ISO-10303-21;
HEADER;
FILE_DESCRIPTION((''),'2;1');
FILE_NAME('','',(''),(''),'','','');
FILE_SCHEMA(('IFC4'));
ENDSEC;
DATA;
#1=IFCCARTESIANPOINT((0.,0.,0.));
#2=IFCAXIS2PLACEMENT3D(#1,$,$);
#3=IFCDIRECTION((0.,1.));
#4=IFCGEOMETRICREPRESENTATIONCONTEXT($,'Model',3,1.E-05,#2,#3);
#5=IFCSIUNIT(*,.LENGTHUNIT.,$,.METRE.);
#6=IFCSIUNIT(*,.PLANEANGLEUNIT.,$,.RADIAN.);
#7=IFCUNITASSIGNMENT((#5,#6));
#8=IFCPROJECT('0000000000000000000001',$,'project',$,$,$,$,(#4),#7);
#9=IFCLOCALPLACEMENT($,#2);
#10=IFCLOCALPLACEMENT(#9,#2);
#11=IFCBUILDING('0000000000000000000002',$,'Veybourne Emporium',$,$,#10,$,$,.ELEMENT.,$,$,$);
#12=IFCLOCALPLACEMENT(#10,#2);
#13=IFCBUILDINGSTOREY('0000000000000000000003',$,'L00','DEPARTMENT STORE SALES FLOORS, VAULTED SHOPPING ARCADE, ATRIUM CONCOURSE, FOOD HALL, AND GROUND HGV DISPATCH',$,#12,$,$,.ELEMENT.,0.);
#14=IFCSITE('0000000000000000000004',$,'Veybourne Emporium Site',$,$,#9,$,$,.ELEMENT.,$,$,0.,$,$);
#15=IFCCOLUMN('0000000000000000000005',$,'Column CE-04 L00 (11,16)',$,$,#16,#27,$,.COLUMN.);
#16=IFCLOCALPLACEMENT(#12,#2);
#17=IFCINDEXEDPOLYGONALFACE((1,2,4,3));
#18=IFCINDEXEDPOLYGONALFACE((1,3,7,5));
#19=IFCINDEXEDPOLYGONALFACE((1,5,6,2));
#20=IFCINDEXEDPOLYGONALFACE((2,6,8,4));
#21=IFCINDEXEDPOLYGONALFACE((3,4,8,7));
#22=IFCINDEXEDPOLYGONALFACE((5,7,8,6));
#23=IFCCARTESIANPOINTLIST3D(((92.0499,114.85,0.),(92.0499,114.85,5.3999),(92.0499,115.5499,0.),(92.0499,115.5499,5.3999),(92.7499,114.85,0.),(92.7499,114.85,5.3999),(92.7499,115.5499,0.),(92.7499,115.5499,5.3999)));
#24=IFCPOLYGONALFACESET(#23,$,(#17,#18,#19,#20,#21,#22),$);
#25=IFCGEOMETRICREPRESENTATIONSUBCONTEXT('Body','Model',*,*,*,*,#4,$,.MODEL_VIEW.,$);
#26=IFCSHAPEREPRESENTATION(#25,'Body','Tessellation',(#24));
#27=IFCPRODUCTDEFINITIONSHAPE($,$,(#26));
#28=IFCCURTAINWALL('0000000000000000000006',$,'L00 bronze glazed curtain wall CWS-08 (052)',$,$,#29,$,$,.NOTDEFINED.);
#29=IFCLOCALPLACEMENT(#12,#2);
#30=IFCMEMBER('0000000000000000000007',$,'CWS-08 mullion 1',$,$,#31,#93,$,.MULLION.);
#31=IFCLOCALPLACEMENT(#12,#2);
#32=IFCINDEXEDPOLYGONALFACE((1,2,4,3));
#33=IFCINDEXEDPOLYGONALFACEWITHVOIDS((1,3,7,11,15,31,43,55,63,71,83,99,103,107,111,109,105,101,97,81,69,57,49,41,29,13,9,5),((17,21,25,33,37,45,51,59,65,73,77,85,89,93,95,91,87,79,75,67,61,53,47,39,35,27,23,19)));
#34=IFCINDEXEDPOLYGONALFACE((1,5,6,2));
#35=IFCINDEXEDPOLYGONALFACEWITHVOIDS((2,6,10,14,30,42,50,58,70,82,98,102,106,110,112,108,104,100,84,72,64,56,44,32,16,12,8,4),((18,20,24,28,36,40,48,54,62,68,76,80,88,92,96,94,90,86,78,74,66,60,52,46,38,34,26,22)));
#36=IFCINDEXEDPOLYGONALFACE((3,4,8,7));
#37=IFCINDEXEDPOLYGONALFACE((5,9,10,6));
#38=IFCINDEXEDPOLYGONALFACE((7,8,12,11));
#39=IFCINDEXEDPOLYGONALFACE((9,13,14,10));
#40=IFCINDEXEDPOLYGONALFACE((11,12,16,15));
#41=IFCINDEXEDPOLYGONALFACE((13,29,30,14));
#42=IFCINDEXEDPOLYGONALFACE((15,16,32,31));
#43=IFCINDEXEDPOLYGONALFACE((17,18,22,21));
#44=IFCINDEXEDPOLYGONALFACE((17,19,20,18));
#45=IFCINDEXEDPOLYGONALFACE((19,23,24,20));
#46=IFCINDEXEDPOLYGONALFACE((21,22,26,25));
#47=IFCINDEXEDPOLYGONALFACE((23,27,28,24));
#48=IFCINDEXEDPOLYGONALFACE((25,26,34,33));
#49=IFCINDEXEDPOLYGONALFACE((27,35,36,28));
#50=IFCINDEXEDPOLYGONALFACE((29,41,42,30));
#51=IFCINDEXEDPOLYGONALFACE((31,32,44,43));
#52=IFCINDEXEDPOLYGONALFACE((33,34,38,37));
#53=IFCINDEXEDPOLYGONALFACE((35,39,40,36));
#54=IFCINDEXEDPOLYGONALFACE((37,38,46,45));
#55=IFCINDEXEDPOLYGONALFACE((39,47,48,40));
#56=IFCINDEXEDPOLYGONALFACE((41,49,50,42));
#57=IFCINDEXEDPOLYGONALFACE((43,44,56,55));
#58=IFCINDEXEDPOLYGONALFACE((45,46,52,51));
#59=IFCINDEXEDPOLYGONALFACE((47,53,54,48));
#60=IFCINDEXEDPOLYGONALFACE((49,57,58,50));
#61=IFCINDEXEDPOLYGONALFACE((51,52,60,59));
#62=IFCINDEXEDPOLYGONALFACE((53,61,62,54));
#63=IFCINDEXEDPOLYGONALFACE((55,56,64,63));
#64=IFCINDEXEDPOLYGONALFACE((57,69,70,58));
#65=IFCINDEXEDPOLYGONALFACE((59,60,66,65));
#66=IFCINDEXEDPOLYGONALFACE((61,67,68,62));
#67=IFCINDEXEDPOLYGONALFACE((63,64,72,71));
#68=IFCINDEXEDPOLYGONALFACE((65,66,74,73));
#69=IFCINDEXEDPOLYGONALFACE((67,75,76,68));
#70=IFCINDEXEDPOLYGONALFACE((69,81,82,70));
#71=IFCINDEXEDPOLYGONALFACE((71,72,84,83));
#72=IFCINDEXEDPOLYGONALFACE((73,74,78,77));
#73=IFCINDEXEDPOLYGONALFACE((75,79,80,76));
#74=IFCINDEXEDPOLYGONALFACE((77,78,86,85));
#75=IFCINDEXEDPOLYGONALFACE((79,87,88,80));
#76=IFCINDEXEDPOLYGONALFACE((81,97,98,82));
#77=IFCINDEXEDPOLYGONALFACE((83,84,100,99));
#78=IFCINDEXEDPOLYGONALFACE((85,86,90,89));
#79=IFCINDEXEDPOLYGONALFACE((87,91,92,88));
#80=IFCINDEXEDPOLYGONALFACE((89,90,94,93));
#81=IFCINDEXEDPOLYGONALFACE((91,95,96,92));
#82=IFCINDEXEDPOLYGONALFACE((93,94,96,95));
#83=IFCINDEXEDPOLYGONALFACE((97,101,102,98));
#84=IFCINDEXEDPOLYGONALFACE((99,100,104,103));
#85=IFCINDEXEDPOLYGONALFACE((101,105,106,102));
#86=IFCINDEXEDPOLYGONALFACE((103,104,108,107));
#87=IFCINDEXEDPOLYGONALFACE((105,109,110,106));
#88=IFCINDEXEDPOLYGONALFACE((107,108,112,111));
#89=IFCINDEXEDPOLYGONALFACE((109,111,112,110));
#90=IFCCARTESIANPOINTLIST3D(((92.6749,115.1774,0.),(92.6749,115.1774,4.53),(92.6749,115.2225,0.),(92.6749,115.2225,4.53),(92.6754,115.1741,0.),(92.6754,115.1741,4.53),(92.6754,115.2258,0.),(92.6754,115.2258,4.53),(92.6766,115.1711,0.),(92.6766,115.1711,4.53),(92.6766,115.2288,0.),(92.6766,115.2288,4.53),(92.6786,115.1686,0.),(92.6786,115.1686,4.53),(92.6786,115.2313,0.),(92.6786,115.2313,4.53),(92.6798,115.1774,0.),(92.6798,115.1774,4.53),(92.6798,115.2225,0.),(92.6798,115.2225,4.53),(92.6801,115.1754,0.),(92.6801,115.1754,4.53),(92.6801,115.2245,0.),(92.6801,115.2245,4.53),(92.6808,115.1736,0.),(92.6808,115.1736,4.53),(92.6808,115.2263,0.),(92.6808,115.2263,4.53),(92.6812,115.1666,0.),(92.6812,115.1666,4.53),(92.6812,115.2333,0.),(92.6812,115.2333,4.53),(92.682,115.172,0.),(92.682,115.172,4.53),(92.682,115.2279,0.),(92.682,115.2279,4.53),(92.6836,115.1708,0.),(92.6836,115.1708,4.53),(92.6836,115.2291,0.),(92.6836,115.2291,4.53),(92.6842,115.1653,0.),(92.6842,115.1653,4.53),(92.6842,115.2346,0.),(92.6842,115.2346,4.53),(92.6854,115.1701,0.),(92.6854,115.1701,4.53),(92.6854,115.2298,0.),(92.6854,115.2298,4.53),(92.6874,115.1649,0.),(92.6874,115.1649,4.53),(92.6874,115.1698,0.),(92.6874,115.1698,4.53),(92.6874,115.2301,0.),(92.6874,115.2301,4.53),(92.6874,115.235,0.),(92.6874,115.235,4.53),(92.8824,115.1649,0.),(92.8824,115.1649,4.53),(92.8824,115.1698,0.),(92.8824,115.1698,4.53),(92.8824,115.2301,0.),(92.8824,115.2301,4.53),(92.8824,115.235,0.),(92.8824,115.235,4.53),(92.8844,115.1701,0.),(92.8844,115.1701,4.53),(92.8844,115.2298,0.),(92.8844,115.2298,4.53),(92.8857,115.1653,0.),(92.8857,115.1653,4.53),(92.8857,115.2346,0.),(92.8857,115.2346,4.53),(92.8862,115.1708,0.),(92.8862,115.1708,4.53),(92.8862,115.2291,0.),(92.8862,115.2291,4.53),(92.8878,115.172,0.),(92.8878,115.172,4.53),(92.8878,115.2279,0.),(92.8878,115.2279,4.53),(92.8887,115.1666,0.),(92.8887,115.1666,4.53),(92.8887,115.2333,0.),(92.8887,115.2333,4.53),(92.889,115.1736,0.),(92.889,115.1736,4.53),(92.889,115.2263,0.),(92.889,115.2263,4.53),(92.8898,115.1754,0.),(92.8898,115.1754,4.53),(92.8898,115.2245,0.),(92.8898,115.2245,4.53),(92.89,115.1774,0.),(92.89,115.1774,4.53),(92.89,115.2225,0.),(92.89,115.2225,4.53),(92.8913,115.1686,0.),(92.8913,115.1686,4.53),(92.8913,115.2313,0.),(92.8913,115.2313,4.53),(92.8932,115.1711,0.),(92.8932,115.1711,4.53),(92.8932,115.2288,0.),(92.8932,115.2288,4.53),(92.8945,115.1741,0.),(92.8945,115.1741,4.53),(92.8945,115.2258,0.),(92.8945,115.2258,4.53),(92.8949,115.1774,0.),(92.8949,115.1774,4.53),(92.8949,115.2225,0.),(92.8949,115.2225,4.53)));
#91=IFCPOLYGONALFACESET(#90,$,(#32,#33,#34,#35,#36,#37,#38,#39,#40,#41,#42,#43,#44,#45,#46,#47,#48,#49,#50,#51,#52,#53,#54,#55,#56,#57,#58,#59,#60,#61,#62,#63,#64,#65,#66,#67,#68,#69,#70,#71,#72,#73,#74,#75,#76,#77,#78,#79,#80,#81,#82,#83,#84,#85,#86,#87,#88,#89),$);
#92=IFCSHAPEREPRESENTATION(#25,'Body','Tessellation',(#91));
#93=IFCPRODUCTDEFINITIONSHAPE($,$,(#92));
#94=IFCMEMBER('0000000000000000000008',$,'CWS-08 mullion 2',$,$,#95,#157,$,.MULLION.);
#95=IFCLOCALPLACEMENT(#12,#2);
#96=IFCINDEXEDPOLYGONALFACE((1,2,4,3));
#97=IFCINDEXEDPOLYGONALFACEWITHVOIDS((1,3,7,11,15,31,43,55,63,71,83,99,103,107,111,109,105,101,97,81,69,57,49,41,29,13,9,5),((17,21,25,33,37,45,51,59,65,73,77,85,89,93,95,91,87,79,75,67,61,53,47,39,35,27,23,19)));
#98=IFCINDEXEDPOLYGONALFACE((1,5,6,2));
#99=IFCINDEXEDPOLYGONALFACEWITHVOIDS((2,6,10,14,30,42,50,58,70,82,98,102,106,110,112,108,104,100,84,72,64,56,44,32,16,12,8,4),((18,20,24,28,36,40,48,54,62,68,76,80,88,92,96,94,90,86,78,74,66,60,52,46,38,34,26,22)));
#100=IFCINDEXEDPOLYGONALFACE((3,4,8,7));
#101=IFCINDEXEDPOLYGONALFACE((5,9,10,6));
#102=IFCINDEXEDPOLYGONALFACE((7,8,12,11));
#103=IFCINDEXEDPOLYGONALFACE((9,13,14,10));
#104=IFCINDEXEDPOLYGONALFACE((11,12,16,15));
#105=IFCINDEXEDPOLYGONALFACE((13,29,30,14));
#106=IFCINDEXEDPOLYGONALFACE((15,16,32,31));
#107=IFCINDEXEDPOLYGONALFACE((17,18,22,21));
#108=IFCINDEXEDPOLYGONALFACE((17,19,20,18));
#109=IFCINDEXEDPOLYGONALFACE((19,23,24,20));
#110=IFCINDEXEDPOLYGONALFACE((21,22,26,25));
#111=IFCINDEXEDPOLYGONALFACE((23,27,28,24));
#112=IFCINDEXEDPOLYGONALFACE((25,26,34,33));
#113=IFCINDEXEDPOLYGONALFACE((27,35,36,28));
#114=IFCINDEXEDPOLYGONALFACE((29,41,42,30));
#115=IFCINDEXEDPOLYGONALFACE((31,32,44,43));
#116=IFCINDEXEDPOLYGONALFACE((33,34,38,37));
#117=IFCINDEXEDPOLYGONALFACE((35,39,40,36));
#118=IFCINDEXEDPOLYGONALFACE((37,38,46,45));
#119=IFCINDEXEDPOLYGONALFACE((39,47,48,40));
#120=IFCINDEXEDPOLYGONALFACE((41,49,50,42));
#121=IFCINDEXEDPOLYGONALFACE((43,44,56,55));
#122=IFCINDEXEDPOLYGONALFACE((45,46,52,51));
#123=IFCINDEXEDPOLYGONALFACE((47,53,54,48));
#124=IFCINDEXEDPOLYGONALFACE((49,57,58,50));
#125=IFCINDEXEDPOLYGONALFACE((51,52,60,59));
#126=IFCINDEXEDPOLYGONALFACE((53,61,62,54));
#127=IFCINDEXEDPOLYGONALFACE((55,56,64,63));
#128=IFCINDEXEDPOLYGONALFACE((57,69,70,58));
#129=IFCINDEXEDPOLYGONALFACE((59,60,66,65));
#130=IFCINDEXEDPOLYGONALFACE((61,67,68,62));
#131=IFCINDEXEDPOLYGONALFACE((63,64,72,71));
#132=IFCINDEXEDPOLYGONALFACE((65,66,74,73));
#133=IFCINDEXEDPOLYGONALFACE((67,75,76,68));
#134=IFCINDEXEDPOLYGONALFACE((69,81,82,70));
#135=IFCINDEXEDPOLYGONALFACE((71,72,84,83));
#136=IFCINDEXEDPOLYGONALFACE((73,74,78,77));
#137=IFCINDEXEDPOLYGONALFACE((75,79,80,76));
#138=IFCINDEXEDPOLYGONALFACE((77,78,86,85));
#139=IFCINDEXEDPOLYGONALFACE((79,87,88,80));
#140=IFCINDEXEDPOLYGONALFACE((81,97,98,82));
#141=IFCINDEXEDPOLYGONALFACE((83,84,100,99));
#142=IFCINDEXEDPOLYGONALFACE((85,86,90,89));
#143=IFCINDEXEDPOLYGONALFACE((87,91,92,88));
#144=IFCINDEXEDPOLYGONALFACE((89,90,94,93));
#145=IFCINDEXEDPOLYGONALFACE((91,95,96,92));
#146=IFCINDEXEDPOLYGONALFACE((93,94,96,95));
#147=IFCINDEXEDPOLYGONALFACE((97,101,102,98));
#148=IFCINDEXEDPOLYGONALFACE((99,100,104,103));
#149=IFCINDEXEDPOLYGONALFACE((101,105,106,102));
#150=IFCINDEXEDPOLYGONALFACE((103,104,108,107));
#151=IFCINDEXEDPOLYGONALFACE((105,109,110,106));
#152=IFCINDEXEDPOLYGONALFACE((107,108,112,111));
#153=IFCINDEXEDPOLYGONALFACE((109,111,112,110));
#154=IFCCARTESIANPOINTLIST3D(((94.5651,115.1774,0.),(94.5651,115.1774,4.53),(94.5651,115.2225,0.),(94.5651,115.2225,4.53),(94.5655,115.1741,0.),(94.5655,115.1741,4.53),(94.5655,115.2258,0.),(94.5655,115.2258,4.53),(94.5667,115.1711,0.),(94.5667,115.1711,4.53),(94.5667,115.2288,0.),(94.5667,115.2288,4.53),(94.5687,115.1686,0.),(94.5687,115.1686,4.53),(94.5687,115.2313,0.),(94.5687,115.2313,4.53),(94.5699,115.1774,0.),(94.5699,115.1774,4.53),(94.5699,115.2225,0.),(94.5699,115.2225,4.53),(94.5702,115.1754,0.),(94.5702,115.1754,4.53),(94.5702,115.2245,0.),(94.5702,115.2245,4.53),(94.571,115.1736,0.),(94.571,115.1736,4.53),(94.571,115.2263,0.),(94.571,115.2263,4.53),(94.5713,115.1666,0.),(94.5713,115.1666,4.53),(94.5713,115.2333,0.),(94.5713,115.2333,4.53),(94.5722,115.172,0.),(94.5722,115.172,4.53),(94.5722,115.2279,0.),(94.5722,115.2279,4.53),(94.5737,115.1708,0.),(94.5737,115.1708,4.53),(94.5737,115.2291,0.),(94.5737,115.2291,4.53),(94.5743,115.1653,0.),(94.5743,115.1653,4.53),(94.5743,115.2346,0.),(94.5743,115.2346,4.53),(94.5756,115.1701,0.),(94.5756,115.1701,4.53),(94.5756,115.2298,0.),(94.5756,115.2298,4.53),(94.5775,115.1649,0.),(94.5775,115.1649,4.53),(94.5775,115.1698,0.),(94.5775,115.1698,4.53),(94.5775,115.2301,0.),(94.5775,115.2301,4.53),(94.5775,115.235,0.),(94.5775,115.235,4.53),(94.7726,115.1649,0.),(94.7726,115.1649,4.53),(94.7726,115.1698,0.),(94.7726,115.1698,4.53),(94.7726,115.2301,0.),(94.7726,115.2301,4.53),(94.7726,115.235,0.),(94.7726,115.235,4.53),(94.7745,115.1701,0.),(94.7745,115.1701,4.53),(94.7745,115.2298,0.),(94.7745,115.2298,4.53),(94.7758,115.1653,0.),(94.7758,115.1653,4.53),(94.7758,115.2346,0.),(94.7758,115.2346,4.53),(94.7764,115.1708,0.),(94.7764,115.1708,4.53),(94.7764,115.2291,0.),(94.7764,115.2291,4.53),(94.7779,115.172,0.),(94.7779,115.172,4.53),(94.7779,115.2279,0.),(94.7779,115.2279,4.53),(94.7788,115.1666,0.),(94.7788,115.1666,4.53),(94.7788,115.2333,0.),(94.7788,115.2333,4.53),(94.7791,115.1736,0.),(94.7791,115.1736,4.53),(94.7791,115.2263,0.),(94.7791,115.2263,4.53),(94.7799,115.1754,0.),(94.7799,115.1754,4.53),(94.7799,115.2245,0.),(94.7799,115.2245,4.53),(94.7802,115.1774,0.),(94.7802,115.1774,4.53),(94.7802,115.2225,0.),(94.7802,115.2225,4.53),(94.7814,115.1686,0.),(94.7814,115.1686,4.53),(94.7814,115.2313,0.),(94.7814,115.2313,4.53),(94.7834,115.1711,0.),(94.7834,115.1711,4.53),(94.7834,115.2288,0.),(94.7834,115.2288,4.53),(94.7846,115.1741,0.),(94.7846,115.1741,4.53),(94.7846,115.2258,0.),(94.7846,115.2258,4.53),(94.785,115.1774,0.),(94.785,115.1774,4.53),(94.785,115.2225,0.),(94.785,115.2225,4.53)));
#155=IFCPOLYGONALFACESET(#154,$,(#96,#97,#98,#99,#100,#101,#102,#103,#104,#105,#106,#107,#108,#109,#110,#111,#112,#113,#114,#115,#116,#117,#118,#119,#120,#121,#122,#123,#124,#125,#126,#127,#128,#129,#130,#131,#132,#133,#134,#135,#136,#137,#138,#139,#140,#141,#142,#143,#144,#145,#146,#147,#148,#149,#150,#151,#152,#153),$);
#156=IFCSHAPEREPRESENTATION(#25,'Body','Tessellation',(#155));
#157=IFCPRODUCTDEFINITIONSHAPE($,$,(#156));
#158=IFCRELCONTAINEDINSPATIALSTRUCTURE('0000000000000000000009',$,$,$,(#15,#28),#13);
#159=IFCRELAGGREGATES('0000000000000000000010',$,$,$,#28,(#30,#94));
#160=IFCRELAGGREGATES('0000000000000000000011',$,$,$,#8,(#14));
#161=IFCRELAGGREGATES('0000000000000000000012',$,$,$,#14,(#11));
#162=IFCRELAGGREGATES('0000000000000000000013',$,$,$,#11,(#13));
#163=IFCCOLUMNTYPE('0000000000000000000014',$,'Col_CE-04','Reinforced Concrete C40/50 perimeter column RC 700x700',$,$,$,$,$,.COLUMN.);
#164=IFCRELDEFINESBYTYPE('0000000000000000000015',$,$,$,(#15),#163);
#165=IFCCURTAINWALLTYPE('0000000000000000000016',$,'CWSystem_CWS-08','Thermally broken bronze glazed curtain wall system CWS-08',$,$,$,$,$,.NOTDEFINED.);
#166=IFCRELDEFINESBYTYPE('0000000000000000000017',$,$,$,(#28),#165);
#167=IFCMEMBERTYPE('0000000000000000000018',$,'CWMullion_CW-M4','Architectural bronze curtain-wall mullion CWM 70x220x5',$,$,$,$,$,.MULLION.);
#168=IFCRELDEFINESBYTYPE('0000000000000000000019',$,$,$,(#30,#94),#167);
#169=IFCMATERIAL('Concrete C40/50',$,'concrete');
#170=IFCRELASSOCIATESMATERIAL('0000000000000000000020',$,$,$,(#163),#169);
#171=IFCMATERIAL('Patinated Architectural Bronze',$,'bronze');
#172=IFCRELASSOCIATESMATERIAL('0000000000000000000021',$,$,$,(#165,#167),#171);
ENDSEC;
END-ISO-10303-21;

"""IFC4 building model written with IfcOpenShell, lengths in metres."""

from ifc_helpers import new_model, si_unit, direction, frame, origin, origin_2d, place, context, subcontext, project, spatial, rectangle, hollow_rectangle, extrude, material, material_profile, profile_set, type_object, element, aggregate, save


model = new_model("IFC4")

# Units and contexts
model_context = context("Model", 3, precision=1e-05, world=origin(), true_north=direction((0.0, 1.0)))
body_context = subcontext(model_context, "Body", "Model", "MODEL_VIEW")
ifc_project = project(units=[si_unit("LENGTHUNIT", "METRE"), si_unit("PLANEANGLEUNIT", "RADIAN")], contexts=[model_context])

# Site, building, storey
site_placement = place(None, origin())
site = spatial("IfcSite", under=ifc_project, at=site_placement, Name="Veybourne Emporium Site", CompositionType="ELEMENT", RefElevation=0.0)
building_placement = place(site_placement, origin())
building = spatial("IfcBuilding", under=site, at=building_placement, Name="Veybourne Emporium", CompositionType="ELEMENT")
storey_placement = place(building_placement, origin())
storey = spatial("IfcBuildingStorey", under=building, at=storey_placement, Name="L00", Description="DEPARTMENT STORE SALES FLOORS, VAULTED SHOPPING ARCADE, ATRIUM CONCOURSE, FOOD HALL, AND GROUND HGV DISPATCH", CompositionType="ELEMENT", Elevation=0.0)

# Column
ifc_material_1 = material(Name="Concrete C40/50", Category="concrete")
ifc_material_profile_1 = material_profile(ifc_material_1, rectangle(XDim=0.7, YDim=0.7, at=origin_2d()), Name="RC 700x700")
ifc_profile_set_1 = profile_set([ifc_material_profile_1], Name="Concrete C40/50")
column_type = type_object("IfcColumnType", Name="Col_CE-04", Description="Reinforced Concrete C40/50 perimeter column RC 700x700", PredefinedType="COLUMN", material=ifc_profile_set_1)
column_placement = place(storey_placement, frame((92.3999, 115.2, 0.0), z_axis=(0.0, 0.0, 1.0), x_axis=(1.0, 0.0, 0.0)))
element("IfcColumn", 1, at=column_placement, inside=storey, type_object=column_type, Name="Column CE-04 L00 (11,16)", PredefinedType="COLUMN", context=body_context, shape_type="SweptSolid", body=[
    extrude(rectangle(XDim=0.7, YDim=0.7, at=origin_2d()), origin(), (0.0, 0.0, 1.0), 5.3999),
])

# Curtain wall, members
ifc_material_2 = material(Name="Patinated Architectural Bronze", Category="bronze")
curtain_wall_type = type_object("IfcCurtainWallType", Name="CWSystem_CWS-08", Description="Thermally broken bronze glazed curtain wall system CWS-08", PredefinedType="NOTDEFINED", material=ifc_material_2)
curtain_wall_placement = place(storey_placement, origin())
curtain_wall = element("IfcCurtainWall", 2, at=curtain_wall_placement, inside=storey, type_object=curtain_wall_type, Name="L00 bronze glazed curtain wall CWS-08 (052)", PredefinedType="NOTDEFINED")
ifc_material_profile_2 = material_profile(ifc_material_2, hollow_rectangle(XDim=0.0701, YDim=0.22, WallThickness=0.0049, InnerFilletRadius=0.0076, OuterFilletRadius=0.0125, at=origin_2d()), Name="CWM 70x220x5")
ifc_profile_set_2 = profile_set([ifc_material_profile_2], Name="Patinated Architectural Bronze")
member_type_1 = type_object("IfcMemberType", Name="CWMullion_CW-M4", Description="Architectural bronze curtain-wall mullion CWM 70x220x5", PredefinedType="MULLION", material=ifc_profile_set_2)
member_1_placement = place(storey_placement, frame((92.7849, 115.2, 0.0), z_axis=(0.0, 0.0, 1.0), x_axis=(0.0, 1.0, 0.0)))
member_1 = element("IfcMember", 3, at=member_1_placement, type_object=member_type_1, Name="CWS-08 mullion 1", PredefinedType="MULLION", context=body_context, shape_type="SweptSolid", body=[
    extrude(hollow_rectangle(XDim=0.0701, YDim=0.22, WallThickness=0.0049, InnerFilletRadius=0.0076, OuterFilletRadius=0.0125, at=origin_2d()), origin(), (0.0, 0.0, 1.0), 4.53),
])
member_2_placement = place(storey_placement, frame((94.675, 115.2, 0.0), z_axis=(0.0, 0.0, 1.0), x_axis=(0.0, 1.0, 0.0)))
member_2 = element("IfcMember", 4, at=member_2_placement, type_object=member_type_1, Name="CWS-08 mullion 2", PredefinedType="MULLION", context=body_context, shape_type="SweptSolid", body=[
    extrude(hollow_rectangle(XDim=0.0701, YDim=0.22, WallThickness=0.0049, InnerFilletRadius=0.0076, OuterFilletRadius=0.0125, at=origin_2d()), origin(), (0.0, 0.0, 1.0), 4.53),
])

aggregate(curtain_wall, [member_1, member_2])

save(model, "model.ifc")
